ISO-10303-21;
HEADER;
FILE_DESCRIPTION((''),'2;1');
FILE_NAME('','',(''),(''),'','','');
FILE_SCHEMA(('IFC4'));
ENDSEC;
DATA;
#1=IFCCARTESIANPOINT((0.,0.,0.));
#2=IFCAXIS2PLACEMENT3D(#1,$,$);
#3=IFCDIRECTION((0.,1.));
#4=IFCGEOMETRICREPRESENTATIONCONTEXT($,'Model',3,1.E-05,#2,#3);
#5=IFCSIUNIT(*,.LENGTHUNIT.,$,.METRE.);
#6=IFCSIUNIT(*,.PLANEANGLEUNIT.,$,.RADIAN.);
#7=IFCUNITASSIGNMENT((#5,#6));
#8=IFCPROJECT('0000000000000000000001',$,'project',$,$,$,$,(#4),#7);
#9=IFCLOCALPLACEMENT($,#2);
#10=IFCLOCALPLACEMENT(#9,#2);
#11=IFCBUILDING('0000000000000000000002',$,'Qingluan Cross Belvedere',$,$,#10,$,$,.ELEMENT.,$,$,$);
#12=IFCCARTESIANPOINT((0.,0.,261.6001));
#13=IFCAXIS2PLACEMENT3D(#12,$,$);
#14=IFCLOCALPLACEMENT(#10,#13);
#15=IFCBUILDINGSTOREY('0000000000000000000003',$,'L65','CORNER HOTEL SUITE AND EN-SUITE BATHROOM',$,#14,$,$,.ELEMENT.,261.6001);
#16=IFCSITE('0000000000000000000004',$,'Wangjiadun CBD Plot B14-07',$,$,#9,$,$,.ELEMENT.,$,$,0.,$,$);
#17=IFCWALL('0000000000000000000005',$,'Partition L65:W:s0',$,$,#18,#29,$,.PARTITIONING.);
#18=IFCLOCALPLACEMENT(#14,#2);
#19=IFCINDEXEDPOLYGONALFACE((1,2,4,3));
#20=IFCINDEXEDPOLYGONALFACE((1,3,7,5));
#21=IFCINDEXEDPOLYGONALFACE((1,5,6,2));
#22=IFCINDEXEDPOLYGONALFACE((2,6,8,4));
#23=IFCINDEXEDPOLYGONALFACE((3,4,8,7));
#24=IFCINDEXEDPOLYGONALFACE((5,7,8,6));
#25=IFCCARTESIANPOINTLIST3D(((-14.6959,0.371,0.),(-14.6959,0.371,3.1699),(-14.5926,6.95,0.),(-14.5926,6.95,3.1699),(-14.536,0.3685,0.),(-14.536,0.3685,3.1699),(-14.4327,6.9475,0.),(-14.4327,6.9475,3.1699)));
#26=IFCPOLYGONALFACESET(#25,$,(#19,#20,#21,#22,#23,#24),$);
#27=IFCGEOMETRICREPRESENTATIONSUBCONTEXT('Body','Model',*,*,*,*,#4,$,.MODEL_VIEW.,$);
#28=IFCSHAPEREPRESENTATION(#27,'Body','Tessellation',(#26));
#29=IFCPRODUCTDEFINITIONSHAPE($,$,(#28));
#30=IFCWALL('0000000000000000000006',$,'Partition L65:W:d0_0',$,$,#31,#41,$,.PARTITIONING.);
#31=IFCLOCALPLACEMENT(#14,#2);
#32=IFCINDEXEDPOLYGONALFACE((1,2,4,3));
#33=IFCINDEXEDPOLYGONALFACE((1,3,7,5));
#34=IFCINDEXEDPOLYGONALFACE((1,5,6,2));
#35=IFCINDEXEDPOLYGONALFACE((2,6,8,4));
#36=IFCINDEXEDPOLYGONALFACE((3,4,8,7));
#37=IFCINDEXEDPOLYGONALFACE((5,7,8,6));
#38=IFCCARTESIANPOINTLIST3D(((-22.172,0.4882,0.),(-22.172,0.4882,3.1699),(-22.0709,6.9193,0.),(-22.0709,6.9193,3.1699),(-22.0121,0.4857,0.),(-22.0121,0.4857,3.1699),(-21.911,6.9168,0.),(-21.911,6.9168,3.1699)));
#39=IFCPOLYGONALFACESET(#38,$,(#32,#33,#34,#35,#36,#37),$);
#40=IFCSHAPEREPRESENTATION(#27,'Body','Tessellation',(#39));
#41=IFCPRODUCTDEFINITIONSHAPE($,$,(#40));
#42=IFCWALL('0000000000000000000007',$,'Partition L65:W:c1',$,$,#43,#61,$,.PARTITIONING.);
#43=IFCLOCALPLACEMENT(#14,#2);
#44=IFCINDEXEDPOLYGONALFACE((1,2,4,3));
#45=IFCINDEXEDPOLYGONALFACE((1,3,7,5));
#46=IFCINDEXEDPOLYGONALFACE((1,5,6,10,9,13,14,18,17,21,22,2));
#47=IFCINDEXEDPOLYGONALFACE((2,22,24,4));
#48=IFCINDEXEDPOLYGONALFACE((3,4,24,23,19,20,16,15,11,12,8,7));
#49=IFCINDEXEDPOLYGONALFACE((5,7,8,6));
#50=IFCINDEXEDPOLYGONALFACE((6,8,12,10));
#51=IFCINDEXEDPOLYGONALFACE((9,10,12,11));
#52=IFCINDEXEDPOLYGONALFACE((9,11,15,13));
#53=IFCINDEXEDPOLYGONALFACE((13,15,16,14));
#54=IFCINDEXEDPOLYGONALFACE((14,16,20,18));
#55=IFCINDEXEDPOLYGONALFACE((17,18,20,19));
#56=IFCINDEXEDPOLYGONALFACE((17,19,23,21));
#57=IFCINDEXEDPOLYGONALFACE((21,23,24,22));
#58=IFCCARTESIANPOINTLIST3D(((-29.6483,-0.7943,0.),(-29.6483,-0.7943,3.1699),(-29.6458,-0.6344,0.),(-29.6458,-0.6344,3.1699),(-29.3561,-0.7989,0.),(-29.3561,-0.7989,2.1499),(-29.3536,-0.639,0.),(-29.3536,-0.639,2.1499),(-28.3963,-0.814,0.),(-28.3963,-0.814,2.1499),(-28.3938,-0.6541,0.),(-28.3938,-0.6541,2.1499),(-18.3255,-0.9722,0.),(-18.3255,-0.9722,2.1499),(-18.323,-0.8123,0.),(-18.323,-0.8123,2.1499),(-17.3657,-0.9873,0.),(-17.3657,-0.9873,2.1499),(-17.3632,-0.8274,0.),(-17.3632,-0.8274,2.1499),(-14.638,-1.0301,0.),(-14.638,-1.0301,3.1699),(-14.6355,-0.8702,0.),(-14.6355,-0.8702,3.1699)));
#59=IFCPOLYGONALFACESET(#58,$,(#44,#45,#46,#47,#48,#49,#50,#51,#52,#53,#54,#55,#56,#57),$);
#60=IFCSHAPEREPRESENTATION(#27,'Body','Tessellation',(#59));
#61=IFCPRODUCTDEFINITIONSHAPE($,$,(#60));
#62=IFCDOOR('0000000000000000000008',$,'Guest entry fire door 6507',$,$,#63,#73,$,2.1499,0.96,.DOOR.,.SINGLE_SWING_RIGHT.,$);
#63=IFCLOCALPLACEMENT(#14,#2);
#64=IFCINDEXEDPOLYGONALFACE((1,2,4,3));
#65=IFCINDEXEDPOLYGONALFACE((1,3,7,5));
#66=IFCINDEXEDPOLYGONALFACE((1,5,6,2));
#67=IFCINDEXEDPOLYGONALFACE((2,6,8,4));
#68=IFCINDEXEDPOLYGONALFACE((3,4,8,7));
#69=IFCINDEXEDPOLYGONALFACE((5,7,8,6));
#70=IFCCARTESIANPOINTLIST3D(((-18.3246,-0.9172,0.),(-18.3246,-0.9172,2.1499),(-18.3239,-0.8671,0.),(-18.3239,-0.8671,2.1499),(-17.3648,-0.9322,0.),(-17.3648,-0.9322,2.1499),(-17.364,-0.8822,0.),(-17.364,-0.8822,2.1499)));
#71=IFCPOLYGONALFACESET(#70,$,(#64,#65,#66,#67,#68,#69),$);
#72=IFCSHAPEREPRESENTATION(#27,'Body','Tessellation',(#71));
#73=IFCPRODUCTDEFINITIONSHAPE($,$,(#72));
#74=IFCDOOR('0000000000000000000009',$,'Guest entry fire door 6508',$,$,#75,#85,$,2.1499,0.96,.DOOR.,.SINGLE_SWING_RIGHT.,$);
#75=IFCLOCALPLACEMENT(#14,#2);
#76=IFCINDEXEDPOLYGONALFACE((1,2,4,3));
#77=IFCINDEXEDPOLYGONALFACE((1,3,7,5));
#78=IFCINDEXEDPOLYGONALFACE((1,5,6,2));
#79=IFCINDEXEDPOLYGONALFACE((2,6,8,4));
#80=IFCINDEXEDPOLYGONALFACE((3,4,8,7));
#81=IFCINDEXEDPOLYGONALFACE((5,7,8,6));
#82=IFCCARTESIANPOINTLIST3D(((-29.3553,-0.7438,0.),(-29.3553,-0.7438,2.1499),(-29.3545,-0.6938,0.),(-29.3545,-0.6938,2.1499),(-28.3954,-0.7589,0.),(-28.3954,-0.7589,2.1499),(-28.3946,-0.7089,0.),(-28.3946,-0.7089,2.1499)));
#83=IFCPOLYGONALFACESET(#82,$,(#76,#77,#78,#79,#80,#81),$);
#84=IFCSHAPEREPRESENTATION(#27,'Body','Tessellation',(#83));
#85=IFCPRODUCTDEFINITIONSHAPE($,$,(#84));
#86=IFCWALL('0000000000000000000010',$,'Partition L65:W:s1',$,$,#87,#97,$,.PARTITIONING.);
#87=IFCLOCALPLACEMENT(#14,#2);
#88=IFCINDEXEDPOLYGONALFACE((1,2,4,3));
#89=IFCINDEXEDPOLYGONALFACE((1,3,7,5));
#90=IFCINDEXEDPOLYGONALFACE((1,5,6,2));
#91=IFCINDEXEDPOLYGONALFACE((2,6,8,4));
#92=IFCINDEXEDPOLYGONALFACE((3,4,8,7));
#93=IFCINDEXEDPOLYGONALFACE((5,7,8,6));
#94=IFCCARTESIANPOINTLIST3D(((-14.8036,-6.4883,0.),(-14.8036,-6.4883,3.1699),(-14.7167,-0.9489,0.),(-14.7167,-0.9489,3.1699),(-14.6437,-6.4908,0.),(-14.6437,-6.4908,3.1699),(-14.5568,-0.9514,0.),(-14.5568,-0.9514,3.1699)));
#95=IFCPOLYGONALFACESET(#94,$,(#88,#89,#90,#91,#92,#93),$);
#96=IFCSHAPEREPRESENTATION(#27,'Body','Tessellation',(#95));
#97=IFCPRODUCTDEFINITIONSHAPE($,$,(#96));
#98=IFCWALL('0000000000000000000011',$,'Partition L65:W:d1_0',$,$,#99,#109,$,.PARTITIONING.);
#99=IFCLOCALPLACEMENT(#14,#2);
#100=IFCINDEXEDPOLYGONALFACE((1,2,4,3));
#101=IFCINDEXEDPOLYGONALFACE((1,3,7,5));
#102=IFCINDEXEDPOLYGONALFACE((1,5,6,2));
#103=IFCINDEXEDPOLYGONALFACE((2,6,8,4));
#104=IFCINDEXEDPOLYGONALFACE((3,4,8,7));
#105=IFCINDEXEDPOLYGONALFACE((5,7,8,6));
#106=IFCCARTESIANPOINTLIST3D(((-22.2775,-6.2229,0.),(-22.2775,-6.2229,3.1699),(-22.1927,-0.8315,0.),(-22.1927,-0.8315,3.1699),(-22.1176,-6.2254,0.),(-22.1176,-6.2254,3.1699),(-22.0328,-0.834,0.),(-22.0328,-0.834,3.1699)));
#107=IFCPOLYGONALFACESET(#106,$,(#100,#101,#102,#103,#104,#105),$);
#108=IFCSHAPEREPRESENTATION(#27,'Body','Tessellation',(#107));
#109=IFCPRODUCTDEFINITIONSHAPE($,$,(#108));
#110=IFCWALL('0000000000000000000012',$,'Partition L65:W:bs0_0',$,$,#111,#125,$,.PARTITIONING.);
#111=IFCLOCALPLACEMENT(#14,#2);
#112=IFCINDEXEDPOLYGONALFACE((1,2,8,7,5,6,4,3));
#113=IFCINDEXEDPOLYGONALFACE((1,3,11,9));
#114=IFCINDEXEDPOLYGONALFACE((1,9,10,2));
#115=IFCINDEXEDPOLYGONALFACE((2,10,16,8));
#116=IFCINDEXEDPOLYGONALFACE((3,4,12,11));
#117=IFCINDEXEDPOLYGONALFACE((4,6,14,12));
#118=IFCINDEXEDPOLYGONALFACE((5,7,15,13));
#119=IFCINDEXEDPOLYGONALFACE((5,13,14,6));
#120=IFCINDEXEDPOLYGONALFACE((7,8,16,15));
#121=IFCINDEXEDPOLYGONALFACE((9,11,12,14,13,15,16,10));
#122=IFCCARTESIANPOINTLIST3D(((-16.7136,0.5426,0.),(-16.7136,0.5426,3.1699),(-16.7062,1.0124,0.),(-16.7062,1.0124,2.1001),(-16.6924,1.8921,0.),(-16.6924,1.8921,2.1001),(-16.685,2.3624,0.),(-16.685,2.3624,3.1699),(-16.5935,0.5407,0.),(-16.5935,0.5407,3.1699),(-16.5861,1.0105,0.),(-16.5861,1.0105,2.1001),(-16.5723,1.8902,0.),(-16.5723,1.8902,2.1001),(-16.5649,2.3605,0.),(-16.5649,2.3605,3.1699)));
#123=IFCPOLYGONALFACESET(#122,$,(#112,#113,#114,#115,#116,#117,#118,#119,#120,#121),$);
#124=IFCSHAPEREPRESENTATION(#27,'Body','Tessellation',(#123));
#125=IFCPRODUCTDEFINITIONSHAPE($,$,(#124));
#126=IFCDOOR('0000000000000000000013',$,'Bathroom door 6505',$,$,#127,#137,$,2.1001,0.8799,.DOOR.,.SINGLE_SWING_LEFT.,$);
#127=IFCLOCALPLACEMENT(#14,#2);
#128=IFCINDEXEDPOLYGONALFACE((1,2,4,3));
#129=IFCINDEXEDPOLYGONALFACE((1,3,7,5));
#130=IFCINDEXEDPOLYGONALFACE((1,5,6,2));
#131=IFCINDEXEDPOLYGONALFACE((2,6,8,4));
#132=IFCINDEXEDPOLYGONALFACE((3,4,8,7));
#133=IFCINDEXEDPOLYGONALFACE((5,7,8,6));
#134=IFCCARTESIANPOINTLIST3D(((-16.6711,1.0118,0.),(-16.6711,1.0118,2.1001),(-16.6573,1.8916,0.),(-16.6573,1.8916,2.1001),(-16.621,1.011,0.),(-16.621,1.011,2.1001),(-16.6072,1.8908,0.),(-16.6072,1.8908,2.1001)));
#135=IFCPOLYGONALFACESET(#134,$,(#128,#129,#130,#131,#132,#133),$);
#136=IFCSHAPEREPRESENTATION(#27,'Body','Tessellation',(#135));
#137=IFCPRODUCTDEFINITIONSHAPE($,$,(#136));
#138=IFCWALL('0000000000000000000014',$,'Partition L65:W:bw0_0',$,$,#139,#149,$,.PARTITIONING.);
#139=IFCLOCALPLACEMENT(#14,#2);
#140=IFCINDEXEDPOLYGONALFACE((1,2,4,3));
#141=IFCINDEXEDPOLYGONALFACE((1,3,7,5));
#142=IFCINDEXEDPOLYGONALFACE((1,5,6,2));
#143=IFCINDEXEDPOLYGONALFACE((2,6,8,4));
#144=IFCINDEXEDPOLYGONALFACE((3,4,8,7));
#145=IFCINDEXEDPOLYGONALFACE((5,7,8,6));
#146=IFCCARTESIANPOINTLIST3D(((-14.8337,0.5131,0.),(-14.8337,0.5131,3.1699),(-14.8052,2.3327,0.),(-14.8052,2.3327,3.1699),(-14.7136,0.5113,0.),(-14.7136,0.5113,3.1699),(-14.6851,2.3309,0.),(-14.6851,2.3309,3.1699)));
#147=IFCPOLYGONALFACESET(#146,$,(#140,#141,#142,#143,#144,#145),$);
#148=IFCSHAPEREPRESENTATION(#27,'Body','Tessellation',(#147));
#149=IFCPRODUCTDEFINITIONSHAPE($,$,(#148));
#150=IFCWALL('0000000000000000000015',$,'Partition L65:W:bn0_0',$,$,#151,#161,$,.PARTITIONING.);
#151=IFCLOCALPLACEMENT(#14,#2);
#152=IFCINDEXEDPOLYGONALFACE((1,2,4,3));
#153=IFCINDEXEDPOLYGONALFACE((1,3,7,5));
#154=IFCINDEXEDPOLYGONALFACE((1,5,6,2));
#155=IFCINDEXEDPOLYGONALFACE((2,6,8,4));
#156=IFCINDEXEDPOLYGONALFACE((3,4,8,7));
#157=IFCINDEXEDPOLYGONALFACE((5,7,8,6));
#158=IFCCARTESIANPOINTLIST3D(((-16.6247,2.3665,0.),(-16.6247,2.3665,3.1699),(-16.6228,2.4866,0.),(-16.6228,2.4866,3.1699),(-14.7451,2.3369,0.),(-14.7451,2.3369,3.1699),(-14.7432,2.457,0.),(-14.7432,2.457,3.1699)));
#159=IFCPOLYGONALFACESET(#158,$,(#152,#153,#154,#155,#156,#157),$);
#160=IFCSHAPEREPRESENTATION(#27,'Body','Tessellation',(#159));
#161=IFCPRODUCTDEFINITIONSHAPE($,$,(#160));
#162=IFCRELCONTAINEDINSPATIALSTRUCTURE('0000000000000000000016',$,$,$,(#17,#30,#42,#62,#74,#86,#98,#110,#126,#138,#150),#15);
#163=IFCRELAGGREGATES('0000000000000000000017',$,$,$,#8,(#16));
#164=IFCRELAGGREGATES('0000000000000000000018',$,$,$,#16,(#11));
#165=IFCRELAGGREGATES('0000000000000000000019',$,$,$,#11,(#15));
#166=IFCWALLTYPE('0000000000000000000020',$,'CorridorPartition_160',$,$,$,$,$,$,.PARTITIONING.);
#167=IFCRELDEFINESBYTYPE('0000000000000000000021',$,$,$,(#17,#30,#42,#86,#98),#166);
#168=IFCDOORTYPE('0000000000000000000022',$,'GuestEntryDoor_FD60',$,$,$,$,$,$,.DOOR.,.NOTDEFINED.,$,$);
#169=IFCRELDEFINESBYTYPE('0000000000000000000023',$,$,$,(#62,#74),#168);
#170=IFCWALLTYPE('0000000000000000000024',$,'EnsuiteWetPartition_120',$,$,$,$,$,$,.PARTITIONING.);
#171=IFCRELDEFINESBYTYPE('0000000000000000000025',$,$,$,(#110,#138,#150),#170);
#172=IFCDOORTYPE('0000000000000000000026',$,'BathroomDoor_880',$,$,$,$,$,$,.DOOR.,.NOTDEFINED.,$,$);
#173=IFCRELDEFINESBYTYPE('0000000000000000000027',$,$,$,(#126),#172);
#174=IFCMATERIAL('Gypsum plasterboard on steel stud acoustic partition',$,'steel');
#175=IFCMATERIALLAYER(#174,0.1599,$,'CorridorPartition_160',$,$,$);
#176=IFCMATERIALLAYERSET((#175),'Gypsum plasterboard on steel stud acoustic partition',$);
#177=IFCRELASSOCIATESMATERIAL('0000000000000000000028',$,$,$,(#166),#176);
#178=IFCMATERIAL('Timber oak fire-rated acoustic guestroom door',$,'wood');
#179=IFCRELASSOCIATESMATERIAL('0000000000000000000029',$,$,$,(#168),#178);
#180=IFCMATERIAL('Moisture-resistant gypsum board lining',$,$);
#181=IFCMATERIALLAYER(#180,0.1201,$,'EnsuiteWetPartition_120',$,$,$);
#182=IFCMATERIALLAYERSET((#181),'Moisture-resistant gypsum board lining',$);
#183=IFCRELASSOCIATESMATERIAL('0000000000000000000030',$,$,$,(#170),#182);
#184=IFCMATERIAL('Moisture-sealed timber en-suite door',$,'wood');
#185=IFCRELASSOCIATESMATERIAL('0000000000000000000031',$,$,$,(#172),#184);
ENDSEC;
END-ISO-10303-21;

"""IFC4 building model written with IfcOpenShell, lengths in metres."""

from ifc_helpers import new_model, si_unit, direction, frame, frame_2d, origin, place, context, subcontext, project, spatial, rectangle, extrude, material, layer, layer_set, type_object, element, fill, save


model = new_model("IFC4")

# Units and contexts
model_context = context("Model", 3, precision=1e-05, world=origin(), true_north=direction((0.0, 1.0)))
body_context = subcontext(model_context, "Body", "Model", "MODEL_VIEW")
ifc_project = project(units=[si_unit("LENGTHUNIT", "METRE"), si_unit("PLANEANGLEUNIT", "RADIAN")], contexts=[model_context])

# Site, building, storey
site_placement = place(None, origin())
site = spatial("IfcSite", under=ifc_project, at=site_placement, Name="Wangjiadun CBD Plot B14-07", CompositionType="ELEMENT", RefElevation=0.0)
building_placement = place(site_placement, origin())
building = spatial("IfcBuilding", under=site, at=building_placement, Name="Qingluan Cross Belvedere", CompositionType="ELEMENT")
storey_placement = place(building_placement, frame((0.0, 0.0, 261.6001)))
storey = spatial("IfcBuildingStorey", under=building, at=storey_placement, Name="L65", Description="CORNER HOTEL SUITE AND EN-SUITE BATHROOM", CompositionType="ELEMENT", Elevation=261.6001)

# Shared definitions
ifc_material_1 = material(Name="Gypsum plasterboard on steel stud acoustic partition", Category="steel")
ifc_layer_1 = layer(ifc_material_1, 0.1599, Name="CorridorPartition_160")
ifc_layer_set_1 = layer_set([ifc_layer_1], Name="Gypsum plasterboard on steel stud acoustic partition")
wall_type_1 = type_object("IfcWallType", Name="CorridorPartition_160", PredefinedType="PARTITIONING", material=ifc_layer_set_1)
ifc_material_2 = material(Name="Timber oak fire-rated acoustic guestroom door", Category="wood")
door_type_1 = type_object("IfcDoorType", Name="GuestEntryDoor_FD60", OperationType="NOTDEFINED", PredefinedType="DOOR", material=ifc_material_2)

# Walls
wall_1_placement = place(storey_placement, frame((-14.616, 0.3696, 0.0), z_axis=(0.0, 0.0, 1.0), x_axis=(0.015695, 0.999877, 0.0)))
element("IfcWall", 1, at=wall_1_placement, inside=storey, type_object=wall_type_1, Name="Partition L65:W:s0", PredefinedType="PARTITIONING", context=body_context, shape_type="SweptSolid", body=[
    extrude(rectangle(XDim=6.5798, YDim=0.1599, at=frame_2d((3.29, 0.0))), origin(), (0.0, 0.0, 1.0), 3.1699),
])
wall_2_placement = place(storey_placement, frame((-22.092, 0.4871, 0.0), z_axis=(0.0, 0.0, 1.0), x_axis=(0.015714, 0.999877, 0.0)))
element("IfcWall", 2, at=wall_2_placement, inside=storey, type_object=wall_type_1, Name="Partition L65:W:d0_0", PredefinedType="PARTITIONING", context=body_context, shape_type="SweptSolid", body=[
    extrude(rectangle(XDim=6.4319, YDim=0.1599, at=frame_2d((3.2158, 0.0))), origin(), (0.0, 0.0, 1.0), 3.1699),
])

# Wall, openings, doors
wall_3_placement = place(storey_placement, frame((-14.6367, -0.9502, 0.0), z_axis=(0.0, 0.0, 1.0), x_axis=(-0.999877, 0.01571, 0.0)))
wall_3 = element("IfcWall", 3, at=wall_3_placement, inside=storey, type_object=wall_type_1, Name="Partition L65:W:c1", PredefinedType="PARTITIONING", context=body_context, shape_type="SweptSolid", body=[
    extrude(rectangle(XDim=15.0122, YDim=0.1599, at=frame_2d((7.5061, 0.0))), origin(), (0.0, 0.0, 1.0), 3.1699),
])
opening_1_placement = place(wall_3_placement, frame((2.728, 0.0, 0.0)))
opening_1 = element("IfcOpeningElement", 4, at=opening_1_placement, cuts=wall_3, PredefinedType="OPENING", context=body_context, shape_type="SweptSolid", body=[
    extrude(rectangle(XDim=0.96, YDim=2.1499, at=frame_2d((0.48, 1.075))), frame((0.0, 0.0898, 0.0), z_axis=(0.0, -1.0, 0.0), x_axis=(1.0, 0.0, 0.0)), (0.0, 0.0, 1.0), 0.1799),
])
opening_2_placement = place(wall_3_placement, frame((13.76, 0.0, 0.0)))
opening_2 = element("IfcOpeningElement", 5, at=opening_2_placement, cuts=wall_3, PredefinedType="OPENING", context=body_context, shape_type="SweptSolid", body=[
    extrude(rectangle(XDim=0.96, YDim=2.1499, at=frame_2d((0.48, 1.075))), frame((0.0, 0.0898, 0.0), z_axis=(0.0, -1.0, 0.0), x_axis=(1.0, 0.0, 0.0)), (0.0, 0.0, 1.0), 0.1799),
])
door_1_placement = place(opening_1_placement, origin())
door_1 = element("IfcDoor", 6, at=door_1_placement, inside=storey, type_object=door_type_1, Name="Guest entry fire door 6507", OperationType="SINGLE_SWING_RIGHT", OverallHeight=2.1499, OverallWidth=0.96, PredefinedType="DOOR", context=body_context, shape_type="SweptSolid", body=[
    extrude(rectangle(XDim=0.96, YDim=2.1499, at=frame_2d((0.48, 1.075))), frame((0.0, 0.0249, 0.0), z_axis=(0.0, -1.0, 0.0), x_axis=(1.0, 0.0, 0.0)), (0.0, 0.0, 1.0), 0.05),
])
fill(opening_1, door_1)
door_2_placement = place(opening_2_placement, origin())
door_2 = element("IfcDoor", 7, at=door_2_placement, inside=storey, type_object=door_type_1, Name="Guest entry fire door 6508", OperationType="SINGLE_SWING_RIGHT", OverallHeight=2.1499, OverallWidth=0.96, PredefinedType="DOOR", context=body_context, shape_type="SweptSolid", body=[
    extrude(rectangle(XDim=0.96, YDim=2.1499, at=frame_2d((0.48, 1.075))), frame((0.0, 0.0249, 0.0), z_axis=(0.0, -1.0, 0.0), x_axis=(1.0, 0.0, 0.0)), (0.0, 0.0, 1.0), 0.05),
])
fill(opening_2, door_2)

# Walls
wall_4_placement = place(storey_placement, frame((-14.6367, -0.9502, 0.0), z_axis=(0.0, 0.0, 1.0), x_axis=(-0.015688, -0.999877, 0.0)))
element("IfcWall", 8, at=wall_4_placement, inside=storey, type_object=wall_type_1, Name="Partition L65:W:s1", PredefinedType="PARTITIONING", context=body_context, shape_type="SweptSolid", body=[
    extrude(rectangle(XDim=5.54, YDim=0.1599, at=frame_2d((2.77, 0.0))), origin(), (0.0, 0.0, 1.0), 3.1699),
])
wall_5_placement = place(storey_placement, frame((-22.1128, -0.8328, 0.0), z_axis=(0.0, 0.0, 1.0), x_axis=(-0.015712, -0.999877, 0.0)))
element("IfcWall", 9, at=wall_5_placement, inside=storey, type_object=wall_type_1, Name="Partition L65:W:d1_0", PredefinedType="PARTITIONING", context=body_context, shape_type="SweptSolid", body=[
    extrude(rectangle(XDim=5.3921, YDim=0.1599, at=frame_2d((2.696, 0.0))), origin(), (0.0, 0.0, 1.0), 3.1699),
])

# Wall, opening, door
ifc_material_3 = material(Name="Moisture-resistant gypsum board lining")
ifc_layer_2 = layer(ifc_material_3, 0.1201, Name="EnsuiteWetPartition_120")
ifc_layer_set_2 = layer_set([ifc_layer_2], Name="Moisture-resistant gypsum board lining")
wall_type_2 = type_object("IfcWallType", Name="EnsuiteWetPartition_120", PredefinedType="PARTITIONING", material=ifc_layer_set_2)
wall_6_placement = place(storey_placement, frame((-16.6536, 0.5415, 0.0), z_axis=(0.0, 0.0, 1.0), x_axis=(0.015694, 0.999877, 0.0)))
wall_6 = element("IfcWall", 10, at=wall_6_placement, inside=storey, type_object=wall_type_2, Name="Partition L65:W:bs0_0", PredefinedType="PARTITIONING", context=body_context, shape_type="SweptSolid", body=[
    extrude(rectangle(XDim=1.8201, YDim=0.1201, at=frame_2d((0.9102, 0.0))), origin(), (0.0, 0.0, 1.0), 3.1699),
])
opening_3_placement = place(wall_6_placement, frame((0.47, 0.0, 0.0)))
opening_3 = element("IfcOpeningElement", 11, at=opening_3_placement, cuts=wall_6, PredefinedType="OPENING", context=body_context, shape_type="SweptSolid", body=[
    extrude(rectangle(XDim=0.8799, YDim=2.1001, at=frame_2d((0.4399, 1.05))), frame((0.0, 0.0701, 0.0), z_axis=(0.0, -1.0, 0.0), x_axis=(1.0, 0.0, 0.0)), (0.0, 0.0, 1.0), 0.1401),
])
ifc_material_4 = material(Name="Moisture-sealed timber en-suite door", Category="wood")
door_type_2 = type_object("IfcDoorType", Name="BathroomDoor_880", OperationType="NOTDEFINED", PredefinedType="DOOR", material=ifc_material_4)
door_3_placement = place(opening_3_placement, origin())
door_3 = element("IfcDoor", 12, at=door_3_placement, inside=storey, type_object=door_type_2, Name="Bathroom door 6505", OperationType="SINGLE_SWING_LEFT", OverallHeight=2.1001, OverallWidth=0.8799, PredefinedType="DOOR", context=body_context, shape_type="SweptSolid", body=[
    extrude(rectangle(XDim=0.8799, YDim=2.1001, at=frame_2d((0.4399, 1.05))), frame((0.0, 0.0249, 0.0), z_axis=(0.0, -1.0, 0.0), x_axis=(1.0, 0.0, 0.0)), (0.0, 0.0, 1.0), 0.05),
])
fill(opening_3, door_3)

# Walls
wall_7_placement = place(storey_placement, frame((-14.7737, 0.5122, 0.0), z_axis=(0.0, 0.0, 1.0), x_axis=(0.015696, 0.999877, 0.0)))
element("IfcWall", 13, at=wall_7_placement, inside=storey, type_object=wall_type_2, Name="Partition L65:W:bw0_0", PredefinedType="PARTITIONING", context=body_context, shape_type="SweptSolid", body=[
    extrude(rectangle(XDim=1.8198, YDim=0.1201, at=frame_2d((0.9099, 0.0))), origin(), (0.0, 0.0, 1.0), 3.1699),
])
wall_8_placement = place(storey_placement, frame((-14.7441, 2.397, 0.0), z_axis=(0.0, 0.0, 1.0), x_axis=(-0.999877, 0.015714, 0.0)))
element("IfcWall", 14, at=wall_8_placement, inside=storey, type_object=wall_type_2, Name="Partition L65:W:bn0_0", PredefinedType="PARTITIONING", context=body_context, shape_type="SweptSolid", body=[
    extrude(rectangle(XDim=1.8799, YDim=0.1201, at=frame_2d((0.9399, 0.0))), origin(), (0.0, 0.0, 1.0), 3.1699),
])

save(model, "model.ifc")
